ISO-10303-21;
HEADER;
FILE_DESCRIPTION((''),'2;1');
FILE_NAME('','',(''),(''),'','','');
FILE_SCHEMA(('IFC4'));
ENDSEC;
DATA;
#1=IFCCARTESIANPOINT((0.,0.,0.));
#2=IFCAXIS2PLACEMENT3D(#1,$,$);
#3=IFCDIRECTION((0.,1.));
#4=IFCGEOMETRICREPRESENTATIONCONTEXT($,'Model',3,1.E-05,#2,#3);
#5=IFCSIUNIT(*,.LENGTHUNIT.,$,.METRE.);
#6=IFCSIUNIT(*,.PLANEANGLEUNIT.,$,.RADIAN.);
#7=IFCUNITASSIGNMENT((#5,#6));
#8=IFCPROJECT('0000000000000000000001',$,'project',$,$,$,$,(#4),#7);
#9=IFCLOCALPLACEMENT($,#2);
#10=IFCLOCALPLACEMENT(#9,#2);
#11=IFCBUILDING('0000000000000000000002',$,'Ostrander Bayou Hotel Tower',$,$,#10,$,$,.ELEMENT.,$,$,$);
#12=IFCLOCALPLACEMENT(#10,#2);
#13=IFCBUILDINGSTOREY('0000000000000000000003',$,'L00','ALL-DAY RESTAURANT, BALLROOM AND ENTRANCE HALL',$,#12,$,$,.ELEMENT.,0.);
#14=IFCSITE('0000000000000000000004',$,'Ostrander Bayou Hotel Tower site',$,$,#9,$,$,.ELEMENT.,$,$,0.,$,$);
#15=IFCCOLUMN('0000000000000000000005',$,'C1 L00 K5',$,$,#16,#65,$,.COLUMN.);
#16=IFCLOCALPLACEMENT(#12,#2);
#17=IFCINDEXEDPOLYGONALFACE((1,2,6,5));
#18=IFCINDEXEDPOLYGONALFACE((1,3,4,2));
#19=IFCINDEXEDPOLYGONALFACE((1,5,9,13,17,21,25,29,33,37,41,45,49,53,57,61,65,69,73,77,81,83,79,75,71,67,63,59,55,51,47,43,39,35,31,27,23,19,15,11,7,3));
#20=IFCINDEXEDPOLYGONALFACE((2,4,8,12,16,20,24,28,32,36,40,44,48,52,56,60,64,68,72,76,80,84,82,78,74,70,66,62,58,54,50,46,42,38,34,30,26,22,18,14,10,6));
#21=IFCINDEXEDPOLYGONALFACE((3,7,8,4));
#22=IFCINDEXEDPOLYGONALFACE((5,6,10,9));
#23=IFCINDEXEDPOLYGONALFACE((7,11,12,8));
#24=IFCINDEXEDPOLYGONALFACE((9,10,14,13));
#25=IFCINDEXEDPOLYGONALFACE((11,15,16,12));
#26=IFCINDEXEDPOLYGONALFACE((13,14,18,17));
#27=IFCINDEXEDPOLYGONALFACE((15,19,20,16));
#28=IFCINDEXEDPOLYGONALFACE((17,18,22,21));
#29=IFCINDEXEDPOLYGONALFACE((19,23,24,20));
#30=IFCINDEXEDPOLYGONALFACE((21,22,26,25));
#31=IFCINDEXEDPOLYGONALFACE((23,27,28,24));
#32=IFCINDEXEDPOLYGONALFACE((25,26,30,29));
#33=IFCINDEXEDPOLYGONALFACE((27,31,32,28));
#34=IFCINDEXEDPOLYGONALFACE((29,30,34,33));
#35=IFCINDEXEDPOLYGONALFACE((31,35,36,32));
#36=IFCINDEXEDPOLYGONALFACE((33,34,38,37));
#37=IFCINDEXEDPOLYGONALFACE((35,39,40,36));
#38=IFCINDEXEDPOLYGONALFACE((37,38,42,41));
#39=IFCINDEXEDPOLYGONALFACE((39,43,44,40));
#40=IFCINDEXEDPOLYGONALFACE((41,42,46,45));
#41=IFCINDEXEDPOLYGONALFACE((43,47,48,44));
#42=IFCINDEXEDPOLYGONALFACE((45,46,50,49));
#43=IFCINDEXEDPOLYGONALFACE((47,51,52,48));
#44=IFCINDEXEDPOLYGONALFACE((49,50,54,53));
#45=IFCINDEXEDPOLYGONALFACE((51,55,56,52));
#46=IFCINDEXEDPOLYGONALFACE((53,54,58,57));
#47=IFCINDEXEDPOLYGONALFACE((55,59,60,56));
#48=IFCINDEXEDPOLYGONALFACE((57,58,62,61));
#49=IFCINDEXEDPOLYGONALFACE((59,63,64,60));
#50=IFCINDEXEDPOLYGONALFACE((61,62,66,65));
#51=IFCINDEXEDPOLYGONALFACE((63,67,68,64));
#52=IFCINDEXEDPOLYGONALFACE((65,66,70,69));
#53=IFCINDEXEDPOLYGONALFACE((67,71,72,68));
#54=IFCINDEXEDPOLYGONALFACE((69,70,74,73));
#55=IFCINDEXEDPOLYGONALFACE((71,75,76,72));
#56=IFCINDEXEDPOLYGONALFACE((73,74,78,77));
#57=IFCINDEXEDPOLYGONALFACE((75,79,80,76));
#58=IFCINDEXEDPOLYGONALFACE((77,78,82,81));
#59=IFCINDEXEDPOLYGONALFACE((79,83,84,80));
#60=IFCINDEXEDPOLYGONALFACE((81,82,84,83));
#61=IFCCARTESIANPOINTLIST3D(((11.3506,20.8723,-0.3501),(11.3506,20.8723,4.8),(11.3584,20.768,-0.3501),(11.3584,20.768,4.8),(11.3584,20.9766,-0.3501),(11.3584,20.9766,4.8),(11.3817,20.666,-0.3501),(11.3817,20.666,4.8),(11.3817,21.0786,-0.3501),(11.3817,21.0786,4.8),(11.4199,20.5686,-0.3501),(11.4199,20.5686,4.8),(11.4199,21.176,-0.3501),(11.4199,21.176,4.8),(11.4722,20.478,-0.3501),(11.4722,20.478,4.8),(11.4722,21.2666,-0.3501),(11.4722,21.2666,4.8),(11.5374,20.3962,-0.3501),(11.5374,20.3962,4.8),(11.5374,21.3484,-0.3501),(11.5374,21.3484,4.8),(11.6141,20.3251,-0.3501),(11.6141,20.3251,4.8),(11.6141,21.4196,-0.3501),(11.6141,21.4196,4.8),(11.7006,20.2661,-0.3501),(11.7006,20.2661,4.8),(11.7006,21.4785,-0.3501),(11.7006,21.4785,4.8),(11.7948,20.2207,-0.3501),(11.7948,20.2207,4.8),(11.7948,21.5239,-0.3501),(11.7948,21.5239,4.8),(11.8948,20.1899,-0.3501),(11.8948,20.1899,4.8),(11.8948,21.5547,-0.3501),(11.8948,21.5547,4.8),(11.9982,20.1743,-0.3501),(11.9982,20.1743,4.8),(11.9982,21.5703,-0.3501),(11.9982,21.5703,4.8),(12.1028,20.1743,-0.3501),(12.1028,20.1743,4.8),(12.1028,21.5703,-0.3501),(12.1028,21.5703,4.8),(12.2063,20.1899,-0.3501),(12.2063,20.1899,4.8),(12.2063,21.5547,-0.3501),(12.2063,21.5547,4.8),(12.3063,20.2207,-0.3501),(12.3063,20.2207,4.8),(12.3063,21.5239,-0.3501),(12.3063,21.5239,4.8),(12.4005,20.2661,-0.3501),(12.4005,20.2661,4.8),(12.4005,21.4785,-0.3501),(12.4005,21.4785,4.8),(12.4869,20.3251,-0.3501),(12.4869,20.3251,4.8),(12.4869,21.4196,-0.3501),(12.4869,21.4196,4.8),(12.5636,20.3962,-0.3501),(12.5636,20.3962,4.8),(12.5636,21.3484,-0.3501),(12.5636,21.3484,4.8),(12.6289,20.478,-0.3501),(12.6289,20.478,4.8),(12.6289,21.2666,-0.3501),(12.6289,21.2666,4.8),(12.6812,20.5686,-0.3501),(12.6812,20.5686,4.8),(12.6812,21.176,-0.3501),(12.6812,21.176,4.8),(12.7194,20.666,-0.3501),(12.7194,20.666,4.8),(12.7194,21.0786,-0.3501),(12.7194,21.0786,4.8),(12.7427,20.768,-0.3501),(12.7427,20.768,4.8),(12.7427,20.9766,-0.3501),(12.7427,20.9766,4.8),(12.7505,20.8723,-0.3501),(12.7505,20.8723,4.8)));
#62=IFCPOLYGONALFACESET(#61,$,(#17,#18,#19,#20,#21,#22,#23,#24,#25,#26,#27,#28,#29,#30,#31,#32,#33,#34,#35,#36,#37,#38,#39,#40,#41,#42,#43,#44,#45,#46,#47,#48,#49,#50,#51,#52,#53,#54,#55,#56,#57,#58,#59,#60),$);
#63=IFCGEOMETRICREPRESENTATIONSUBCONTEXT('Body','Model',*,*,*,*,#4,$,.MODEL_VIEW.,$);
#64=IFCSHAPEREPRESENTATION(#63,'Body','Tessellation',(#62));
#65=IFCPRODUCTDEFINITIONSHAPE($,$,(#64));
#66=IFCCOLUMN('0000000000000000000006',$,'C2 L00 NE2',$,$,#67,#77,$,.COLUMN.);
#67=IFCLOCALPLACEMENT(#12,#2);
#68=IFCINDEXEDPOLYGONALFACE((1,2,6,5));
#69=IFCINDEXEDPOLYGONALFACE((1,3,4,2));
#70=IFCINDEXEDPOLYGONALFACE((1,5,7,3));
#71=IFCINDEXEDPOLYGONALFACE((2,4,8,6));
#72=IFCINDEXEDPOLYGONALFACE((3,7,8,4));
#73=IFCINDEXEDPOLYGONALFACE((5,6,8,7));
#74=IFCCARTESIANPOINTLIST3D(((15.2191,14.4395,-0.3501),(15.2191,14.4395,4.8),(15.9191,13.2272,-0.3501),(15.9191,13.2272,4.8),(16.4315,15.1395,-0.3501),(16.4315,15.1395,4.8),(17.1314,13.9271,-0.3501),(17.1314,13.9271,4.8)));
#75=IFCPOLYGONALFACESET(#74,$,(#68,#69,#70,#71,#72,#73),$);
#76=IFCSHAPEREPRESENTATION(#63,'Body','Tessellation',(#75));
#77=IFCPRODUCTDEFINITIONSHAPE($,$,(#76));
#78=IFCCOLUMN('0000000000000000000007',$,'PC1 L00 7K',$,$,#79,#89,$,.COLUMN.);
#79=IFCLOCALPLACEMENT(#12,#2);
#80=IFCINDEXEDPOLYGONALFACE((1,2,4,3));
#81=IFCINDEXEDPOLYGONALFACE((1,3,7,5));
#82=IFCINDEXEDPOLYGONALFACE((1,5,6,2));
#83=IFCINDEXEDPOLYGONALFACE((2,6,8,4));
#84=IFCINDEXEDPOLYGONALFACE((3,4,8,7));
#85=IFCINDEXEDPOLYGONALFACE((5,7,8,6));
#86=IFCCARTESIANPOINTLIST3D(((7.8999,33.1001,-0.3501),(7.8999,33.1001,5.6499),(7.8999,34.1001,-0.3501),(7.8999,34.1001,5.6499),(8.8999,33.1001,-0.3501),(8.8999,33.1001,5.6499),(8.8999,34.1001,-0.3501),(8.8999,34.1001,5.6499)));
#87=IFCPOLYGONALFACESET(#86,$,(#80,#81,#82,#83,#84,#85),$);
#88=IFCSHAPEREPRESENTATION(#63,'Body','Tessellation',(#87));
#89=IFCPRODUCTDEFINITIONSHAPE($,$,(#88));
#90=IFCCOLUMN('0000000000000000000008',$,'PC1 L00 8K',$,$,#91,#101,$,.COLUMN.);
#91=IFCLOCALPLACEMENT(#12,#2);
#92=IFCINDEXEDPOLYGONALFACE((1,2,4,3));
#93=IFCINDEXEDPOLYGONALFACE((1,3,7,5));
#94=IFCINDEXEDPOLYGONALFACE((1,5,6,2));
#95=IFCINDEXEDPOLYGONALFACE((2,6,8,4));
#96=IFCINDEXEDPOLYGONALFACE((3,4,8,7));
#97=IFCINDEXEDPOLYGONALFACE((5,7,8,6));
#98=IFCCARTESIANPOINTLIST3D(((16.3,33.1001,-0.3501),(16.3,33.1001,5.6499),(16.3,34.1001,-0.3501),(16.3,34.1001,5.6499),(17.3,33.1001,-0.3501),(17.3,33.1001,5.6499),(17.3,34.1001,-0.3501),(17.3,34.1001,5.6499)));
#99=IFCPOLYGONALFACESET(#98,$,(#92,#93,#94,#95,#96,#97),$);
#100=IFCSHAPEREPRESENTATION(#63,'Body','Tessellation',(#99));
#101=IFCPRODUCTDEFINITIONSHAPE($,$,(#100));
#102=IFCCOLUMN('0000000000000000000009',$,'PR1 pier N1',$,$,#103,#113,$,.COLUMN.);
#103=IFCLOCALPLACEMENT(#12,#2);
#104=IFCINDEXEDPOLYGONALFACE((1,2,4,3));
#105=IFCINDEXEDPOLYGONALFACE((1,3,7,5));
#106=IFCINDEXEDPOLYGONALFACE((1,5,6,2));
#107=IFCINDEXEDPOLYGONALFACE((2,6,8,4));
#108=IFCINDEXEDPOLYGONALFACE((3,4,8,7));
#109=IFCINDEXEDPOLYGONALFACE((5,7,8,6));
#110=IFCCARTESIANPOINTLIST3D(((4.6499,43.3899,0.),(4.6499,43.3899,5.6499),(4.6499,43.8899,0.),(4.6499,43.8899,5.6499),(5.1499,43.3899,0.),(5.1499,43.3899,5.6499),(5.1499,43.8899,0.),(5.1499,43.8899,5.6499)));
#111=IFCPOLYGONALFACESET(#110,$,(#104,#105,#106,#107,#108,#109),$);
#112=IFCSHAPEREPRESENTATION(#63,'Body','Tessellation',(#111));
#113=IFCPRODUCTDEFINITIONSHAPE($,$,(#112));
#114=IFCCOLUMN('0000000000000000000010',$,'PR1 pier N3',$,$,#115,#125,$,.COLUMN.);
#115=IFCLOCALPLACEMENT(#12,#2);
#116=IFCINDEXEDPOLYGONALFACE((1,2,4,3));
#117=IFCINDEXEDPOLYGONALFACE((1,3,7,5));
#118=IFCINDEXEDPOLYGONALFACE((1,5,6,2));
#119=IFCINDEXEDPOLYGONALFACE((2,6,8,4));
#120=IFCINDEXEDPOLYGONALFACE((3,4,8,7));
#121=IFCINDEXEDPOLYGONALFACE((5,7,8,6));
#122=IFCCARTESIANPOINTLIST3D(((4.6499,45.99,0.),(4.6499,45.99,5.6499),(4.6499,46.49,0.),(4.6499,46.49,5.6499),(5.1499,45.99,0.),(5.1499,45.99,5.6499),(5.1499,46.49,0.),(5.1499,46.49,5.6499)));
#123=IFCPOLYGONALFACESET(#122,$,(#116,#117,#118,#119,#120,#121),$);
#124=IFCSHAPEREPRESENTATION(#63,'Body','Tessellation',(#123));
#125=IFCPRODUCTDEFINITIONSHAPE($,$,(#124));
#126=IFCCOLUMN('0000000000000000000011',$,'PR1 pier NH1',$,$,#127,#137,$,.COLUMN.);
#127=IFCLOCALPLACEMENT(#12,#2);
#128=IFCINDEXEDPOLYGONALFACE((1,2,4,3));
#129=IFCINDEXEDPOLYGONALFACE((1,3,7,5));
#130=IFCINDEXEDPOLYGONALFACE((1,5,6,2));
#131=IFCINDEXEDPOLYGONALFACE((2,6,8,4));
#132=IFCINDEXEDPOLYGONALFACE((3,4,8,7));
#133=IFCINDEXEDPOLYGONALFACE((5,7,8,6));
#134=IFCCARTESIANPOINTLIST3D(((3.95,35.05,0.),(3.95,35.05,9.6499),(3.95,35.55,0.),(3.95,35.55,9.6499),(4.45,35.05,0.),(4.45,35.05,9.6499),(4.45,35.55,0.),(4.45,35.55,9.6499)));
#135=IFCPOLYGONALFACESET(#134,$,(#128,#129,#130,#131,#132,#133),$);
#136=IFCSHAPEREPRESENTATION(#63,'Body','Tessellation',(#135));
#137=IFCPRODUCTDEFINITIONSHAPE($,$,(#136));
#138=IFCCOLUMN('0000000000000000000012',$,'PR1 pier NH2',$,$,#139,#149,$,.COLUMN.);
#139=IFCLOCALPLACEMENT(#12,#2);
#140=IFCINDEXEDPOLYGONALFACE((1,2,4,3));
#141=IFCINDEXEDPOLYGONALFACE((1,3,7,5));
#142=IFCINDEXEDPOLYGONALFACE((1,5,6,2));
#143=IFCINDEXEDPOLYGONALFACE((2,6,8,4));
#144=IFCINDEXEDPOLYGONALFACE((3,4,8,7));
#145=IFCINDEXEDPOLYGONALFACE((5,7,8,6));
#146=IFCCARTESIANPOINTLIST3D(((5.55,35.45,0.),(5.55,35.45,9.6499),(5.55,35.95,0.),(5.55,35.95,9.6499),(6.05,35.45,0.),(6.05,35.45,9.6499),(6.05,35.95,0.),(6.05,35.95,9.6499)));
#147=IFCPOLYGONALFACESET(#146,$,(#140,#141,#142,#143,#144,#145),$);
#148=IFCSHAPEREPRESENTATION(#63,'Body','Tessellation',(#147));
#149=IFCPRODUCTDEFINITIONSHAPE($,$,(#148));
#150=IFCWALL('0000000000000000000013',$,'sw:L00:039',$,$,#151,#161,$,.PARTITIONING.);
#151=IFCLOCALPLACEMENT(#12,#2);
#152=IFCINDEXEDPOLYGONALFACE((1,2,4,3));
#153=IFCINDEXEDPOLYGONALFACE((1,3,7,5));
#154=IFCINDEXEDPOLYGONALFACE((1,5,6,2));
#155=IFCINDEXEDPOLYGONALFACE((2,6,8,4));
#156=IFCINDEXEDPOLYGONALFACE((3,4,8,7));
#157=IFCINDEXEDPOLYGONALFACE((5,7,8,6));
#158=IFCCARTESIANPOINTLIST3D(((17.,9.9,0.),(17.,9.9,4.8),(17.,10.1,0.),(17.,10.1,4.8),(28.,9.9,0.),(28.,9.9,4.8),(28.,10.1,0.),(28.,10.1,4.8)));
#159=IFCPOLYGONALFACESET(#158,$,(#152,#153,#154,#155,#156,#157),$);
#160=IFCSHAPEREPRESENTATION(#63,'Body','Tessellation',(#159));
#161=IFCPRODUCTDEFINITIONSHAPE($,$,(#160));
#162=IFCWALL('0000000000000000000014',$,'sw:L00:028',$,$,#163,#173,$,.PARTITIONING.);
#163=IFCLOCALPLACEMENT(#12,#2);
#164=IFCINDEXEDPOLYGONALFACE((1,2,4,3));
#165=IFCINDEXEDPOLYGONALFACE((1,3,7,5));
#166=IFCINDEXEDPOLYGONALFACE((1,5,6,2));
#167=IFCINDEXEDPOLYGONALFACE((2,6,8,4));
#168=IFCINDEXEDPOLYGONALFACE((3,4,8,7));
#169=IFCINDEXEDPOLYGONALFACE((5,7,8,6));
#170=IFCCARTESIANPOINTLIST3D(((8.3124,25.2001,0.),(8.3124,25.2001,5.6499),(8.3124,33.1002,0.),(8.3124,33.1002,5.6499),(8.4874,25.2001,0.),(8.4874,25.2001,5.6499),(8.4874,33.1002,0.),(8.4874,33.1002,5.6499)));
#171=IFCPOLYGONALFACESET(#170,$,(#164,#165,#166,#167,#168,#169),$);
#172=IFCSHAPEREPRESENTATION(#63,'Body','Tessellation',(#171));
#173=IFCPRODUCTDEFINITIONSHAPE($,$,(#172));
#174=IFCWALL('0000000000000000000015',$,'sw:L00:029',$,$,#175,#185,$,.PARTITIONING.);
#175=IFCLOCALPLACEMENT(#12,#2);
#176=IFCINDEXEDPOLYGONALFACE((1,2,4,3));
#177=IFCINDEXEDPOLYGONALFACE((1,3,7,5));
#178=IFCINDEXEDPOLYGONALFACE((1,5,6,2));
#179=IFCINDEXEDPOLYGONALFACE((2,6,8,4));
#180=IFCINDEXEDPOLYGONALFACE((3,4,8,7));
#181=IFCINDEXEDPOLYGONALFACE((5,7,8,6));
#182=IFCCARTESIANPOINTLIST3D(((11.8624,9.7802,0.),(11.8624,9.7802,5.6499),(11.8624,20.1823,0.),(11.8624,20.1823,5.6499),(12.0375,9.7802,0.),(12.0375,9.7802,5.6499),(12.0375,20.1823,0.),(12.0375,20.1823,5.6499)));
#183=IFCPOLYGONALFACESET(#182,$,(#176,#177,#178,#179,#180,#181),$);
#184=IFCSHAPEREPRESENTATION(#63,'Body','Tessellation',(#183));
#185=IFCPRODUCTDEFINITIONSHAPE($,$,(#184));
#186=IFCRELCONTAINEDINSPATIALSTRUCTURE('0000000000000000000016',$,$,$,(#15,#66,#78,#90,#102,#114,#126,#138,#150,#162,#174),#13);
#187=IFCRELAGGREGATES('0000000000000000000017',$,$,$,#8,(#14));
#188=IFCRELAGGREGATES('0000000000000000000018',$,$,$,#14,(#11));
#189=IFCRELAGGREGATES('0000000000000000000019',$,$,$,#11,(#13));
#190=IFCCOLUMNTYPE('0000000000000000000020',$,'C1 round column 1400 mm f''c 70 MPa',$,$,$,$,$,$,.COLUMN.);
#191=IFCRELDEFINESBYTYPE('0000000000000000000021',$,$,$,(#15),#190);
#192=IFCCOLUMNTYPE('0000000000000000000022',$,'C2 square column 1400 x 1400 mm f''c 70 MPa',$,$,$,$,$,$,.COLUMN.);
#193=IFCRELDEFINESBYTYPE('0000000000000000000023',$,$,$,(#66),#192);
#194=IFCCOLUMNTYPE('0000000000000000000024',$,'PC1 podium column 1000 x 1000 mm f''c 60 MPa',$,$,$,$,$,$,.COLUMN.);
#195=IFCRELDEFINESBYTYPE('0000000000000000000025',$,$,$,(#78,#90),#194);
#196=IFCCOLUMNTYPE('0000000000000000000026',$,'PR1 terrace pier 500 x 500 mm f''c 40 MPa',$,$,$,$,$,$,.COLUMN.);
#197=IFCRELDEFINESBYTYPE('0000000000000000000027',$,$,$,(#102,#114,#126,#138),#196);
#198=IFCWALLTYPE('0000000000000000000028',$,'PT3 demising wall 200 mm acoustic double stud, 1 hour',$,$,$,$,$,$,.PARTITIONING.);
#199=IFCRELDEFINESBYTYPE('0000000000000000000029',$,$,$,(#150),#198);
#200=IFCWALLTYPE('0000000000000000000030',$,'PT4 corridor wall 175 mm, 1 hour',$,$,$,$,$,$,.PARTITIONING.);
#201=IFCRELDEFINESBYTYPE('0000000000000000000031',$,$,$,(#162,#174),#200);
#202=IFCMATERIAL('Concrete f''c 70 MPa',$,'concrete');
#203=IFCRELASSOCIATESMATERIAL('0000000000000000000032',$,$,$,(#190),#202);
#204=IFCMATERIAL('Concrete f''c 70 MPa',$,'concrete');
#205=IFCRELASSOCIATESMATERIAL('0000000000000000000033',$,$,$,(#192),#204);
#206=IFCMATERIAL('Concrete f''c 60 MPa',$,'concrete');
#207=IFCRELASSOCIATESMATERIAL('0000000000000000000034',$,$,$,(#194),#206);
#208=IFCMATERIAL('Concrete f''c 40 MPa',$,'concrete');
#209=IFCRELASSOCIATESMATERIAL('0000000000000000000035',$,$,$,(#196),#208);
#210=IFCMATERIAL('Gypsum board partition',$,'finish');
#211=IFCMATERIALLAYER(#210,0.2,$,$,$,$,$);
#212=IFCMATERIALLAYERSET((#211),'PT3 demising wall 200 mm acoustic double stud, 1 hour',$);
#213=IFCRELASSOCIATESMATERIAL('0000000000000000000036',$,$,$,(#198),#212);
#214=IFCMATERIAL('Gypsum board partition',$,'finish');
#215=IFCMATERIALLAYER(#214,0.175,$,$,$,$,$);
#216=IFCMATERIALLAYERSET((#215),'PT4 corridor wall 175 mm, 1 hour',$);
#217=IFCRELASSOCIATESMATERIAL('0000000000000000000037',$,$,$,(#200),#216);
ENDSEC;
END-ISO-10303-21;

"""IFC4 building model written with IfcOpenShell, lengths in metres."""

from ifc_helpers import new_model, si_unit, direction, frame, frame_2d, origin, origin_2d, place, context, subcontext, project, spatial, rectangle, circle, extrude, material, layer, layer_set, material_profile, profile_set, type_object, element, save


model = new_model("IFC4")

# Units and contexts
model_context = context("Model", 3, precision=1e-05, world=origin(), true_north=direction((0.0, 1.0)))
body_context = subcontext(model_context, "Body", "Model", "MODEL_VIEW")
ifc_project = project(units=[si_unit("LENGTHUNIT", "METRE"), si_unit("PLANEANGLEUNIT", "RADIAN")], contexts=[model_context])

# Site, building, storey
site_placement = place(None, origin())
site = spatial("IfcSite", under=ifc_project, at=site_placement, Name="Ostrander Bayou Hotel Tower site", CompositionType="ELEMENT", RefElevation=0.0)
building_placement = place(site_placement, origin())
building = spatial("IfcBuilding", under=site, at=building_placement, Name="Ostrander Bayou Hotel Tower", CompositionType="ELEMENT")
storey_placement = place(building_placement, origin())
storey = spatial("IfcBuildingStorey", under=building, at=storey_placement, Name="L00", Description="ALL-DAY RESTAURANT, BALLROOM AND ENTRANCE HALL", CompositionType="ELEMENT", Elevation=0.0)

# Columns
ifc_material_1 = material(Name="Concrete f'c 70 MPa", Category="concrete")
ifc_material_profile_1 = material_profile(ifc_material_1, circle(Radius=0.7, at=origin_2d()))
ifc_profile_set_1 = profile_set([ifc_material_profile_1], Name="Concrete f'c 70 MPa")
column_type_1 = type_object("IfcColumnType", Name="C1 round column 1400 mm f'c 70 MPa", PredefinedType="COLUMN", material=ifc_profile_set_1)
column_1_placement = place(storey_placement, frame((12.0505, 20.8723, -0.3501), z_axis=(0.0, 0.0, 1.0), x_axis=(1.0, 0.0, 0.0)))
element("IfcColumn", 1, at=column_1_placement, inside=storey, type_object=column_type_1, Name="C1 L00 K5", PredefinedType="COLUMN", context=body_context, shape_type="SweptSolid", body=[
    extrude(circle(Radius=0.7, at=origin_2d()), origin(), (0.0, 0.0, 1.0), 5.1501),
])
ifc_material_2 = material(Name="Concrete f'c 70 MPa", Category="concrete")
ifc_material_profile_2 = material_profile(ifc_material_2, rectangle(XDim=1.3999, YDim=1.3999, at=origin_2d()))
ifc_profile_set_2 = profile_set([ifc_material_profile_2], Name="Concrete f'c 70 MPa")
column_type_2 = type_object("IfcColumnType", Name="C2 square column 1400 x 1400 mm f'c 70 MPa", PredefinedType="COLUMN", material=ifc_profile_set_2)
column_2_placement = place(storey_placement, frame((16.1753, 14.1833, -0.3501), z_axis=(0.0, 0.0, 1.0), x_axis=(0.5, -0.866025, 0.0)))
element("IfcColumn", 2, at=column_2_placement, inside=storey, type_object=column_type_2, Name="C2 L00 NE2", PredefinedType="COLUMN", context=body_context, shape_type="SweptSolid", body=[
    extrude(rectangle(XDim=1.3999, YDim=1.3999, at=origin_2d()), origin(), (0.0, 0.0, 1.0), 5.1501),
])
ifc_material_3 = material(Name="Concrete f'c 60 MPa", Category="concrete")
ifc_material_profile_3 = material_profile(ifc_material_3, rectangle(XDim=1.0, YDim=1.0, at=origin_2d()))
ifc_profile_set_3 = profile_set([ifc_material_profile_3], Name="Concrete f'c 60 MPa")
column_type_3 = type_object("IfcColumnType", Name="PC1 podium column 1000 x 1000 mm f'c 60 MPa", PredefinedType="COLUMN", material=ifc_profile_set_3)
for number, where, z_axis, x_axis, name in (
    (3, (8.3999, 33.6001, -0.3501), (0.0, 0.0, 1.0), (1.0, 0.0, 0.0), "PC1 L00 7K"),
    (4, (16.8, 33.6001, -0.3501), (0.0, 0.0, 1.0), (1.0, 0.0, 0.0), "PC1 L00 8K"),
):
    element("IfcColumn", number, at=place(storey_placement, frame(where, z_axis=z_axis, x_axis=x_axis)), inside=storey, type_object=column_type_3, Name=name, PredefinedType="COLUMN", context=body_context, shape_type="SweptSolid", body=[
        extrude(rectangle(XDim=1.0, YDim=1.0, at=origin_2d()), origin(), (0.0, 0.0, 1.0), 6.0),
    ])
ifc_material_4 = material(Name="Concrete f'c 40 MPa", Category="concrete")
ifc_material_profile_4 = material_profile(ifc_material_4, rectangle(XDim=0.5, YDim=0.5, at=origin_2d()))
ifc_profile_set_4 = profile_set([ifc_material_profile_4], Name="Concrete f'c 40 MPa")
column_type_4 = type_object("IfcColumnType", Name="PR1 terrace pier 500 x 500 mm f'c 40 MPa", PredefinedType="COLUMN", material=ifc_profile_set_4)
for number, where, z_axis, x_axis, name in (
    (5, (4.8999, 43.6399, 0.0), (0.0, 0.0, 1.0), (1.0, 0.0, 0.0), "PR1 pier N1"),
    (6, (4.8999, 46.24, 0.0), (0.0, 0.0, 1.0), (1.0, 0.0, 0.0), "PR1 pier N3"),
):
    element("IfcColumn", number, at=place(storey_placement, frame(where, z_axis=z_axis, x_axis=x_axis)), inside=storey, type_object=column_type_4, Name=name, PredefinedType="COLUMN", context=body_context, shape_type="SweptSolid", body=[
        extrude(rectangle(XDim=0.5, YDim=0.5, at=origin_2d()), origin(), (0.0, 0.0, 1.0), 5.6499),
    ])
for number, where, z_axis, x_axis, name in (
    (7, (4.2, 35.3, 0.0), (0.0, 0.0, 1.0), (1.0, 0.0, 0.0), "PR1 pier NH1"),
    (8, (5.8, 35.7, 0.0), (0.0, 0.0, 1.0), (1.0, 0.0, 0.0), "PR1 pier NH2"),
):
    element("IfcColumn", number, at=place(storey_placement, frame(where, z_axis=z_axis, x_axis=x_axis)), inside=storey, type_object=column_type_4, Name=name, PredefinedType="COLUMN", context=body_context, shape_type="SweptSolid", body=[
        extrude(rectangle(XDim=0.5, YDim=0.5, at=origin_2d()), origin(), (0.0, 0.0, 1.0), 9.6499),
    ])

# Wall
ifc_material_5 = material(Name="Gypsum board partition", Category="finish")
ifc_layer_1 = layer(ifc_material_5, 0.2)
ifc_layer_set_1 = layer_set([ifc_layer_1], Name="PT3 demising wall 200 mm acoustic double stud, 1 hour")
wall_type_1 = type_object("IfcWallType", Name="PT3 demising wall 200 mm acoustic double stud, 1 hour", PredefinedType="PARTITIONING", material=ifc_layer_set_1)
wall_1_placement = place(storey_placement, frame((17.0, 10.0, 0.0), z_axis=(0.0, 0.0, 1.0), x_axis=(1.0, 0.0, 0.0)))
element("IfcWall", 9, at=wall_1_placement, inside=storey, type_object=wall_type_1, Name="sw:L00:039", PredefinedType="PARTITIONING", context=body_context, shape_type="SweptSolid", body=[
    extrude(rectangle(XDim=11.0, YDim=0.2, at=frame_2d((5.5, 0.0))), origin(), (0.0, 0.0, 1.0), 4.8),
])

# Shared definitions
ifc_material_6 = material(Name="Gypsum board partition", Category="finish")
ifc_layer_2 = layer(ifc_material_6, 0.175)
ifc_layer_set_2 = layer_set([ifc_layer_2], Name="PT4 corridor wall 175 mm, 1 hour")
wall_type_2 = type_object("IfcWallType", Name="PT4 corridor wall 175 mm, 1 hour", PredefinedType="PARTITIONING", material=ifc_layer_set_2)

# Walls
wall_2_placement = place(storey_placement, frame((8.3999, 25.2, 0.0), z_axis=(0.0, 0.0, 1.0), x_axis=(0.0, 1.0, 0.0)))
element("IfcWall", 10, at=wall_2_placement, inside=storey, type_object=wall_type_2, Name="sw:L00:028", PredefinedType="PARTITIONING", context=body_context, shape_type="SweptSolid", body=[
    extrude(rectangle(XDim=7.9001, YDim=0.175, at=frame_2d((3.9502, 0.0))), origin(), (0.0, 0.0, 1.0), 5.6499),
])
wall_3_placement = place(storey_placement, frame((11.95, 9.78, 0.0), z_axis=(0.0, 0.0, 1.0), x_axis=(0.0, 1.0, 0.0)))
element("IfcWall", 11, at=wall_3_placement, inside=storey, type_object=wall_type_2, Name="sw:L00:029", PredefinedType="PARTITIONING", context=body_context, shape_type="SweptSolid", body=[
    extrude(rectangle(XDim=10.4021, YDim=0.175, at=frame_2d((5.2012, 0.0))), origin(), (0.0, 0.0, 1.0), 5.6499),
])

save(model, "model.ifc")
